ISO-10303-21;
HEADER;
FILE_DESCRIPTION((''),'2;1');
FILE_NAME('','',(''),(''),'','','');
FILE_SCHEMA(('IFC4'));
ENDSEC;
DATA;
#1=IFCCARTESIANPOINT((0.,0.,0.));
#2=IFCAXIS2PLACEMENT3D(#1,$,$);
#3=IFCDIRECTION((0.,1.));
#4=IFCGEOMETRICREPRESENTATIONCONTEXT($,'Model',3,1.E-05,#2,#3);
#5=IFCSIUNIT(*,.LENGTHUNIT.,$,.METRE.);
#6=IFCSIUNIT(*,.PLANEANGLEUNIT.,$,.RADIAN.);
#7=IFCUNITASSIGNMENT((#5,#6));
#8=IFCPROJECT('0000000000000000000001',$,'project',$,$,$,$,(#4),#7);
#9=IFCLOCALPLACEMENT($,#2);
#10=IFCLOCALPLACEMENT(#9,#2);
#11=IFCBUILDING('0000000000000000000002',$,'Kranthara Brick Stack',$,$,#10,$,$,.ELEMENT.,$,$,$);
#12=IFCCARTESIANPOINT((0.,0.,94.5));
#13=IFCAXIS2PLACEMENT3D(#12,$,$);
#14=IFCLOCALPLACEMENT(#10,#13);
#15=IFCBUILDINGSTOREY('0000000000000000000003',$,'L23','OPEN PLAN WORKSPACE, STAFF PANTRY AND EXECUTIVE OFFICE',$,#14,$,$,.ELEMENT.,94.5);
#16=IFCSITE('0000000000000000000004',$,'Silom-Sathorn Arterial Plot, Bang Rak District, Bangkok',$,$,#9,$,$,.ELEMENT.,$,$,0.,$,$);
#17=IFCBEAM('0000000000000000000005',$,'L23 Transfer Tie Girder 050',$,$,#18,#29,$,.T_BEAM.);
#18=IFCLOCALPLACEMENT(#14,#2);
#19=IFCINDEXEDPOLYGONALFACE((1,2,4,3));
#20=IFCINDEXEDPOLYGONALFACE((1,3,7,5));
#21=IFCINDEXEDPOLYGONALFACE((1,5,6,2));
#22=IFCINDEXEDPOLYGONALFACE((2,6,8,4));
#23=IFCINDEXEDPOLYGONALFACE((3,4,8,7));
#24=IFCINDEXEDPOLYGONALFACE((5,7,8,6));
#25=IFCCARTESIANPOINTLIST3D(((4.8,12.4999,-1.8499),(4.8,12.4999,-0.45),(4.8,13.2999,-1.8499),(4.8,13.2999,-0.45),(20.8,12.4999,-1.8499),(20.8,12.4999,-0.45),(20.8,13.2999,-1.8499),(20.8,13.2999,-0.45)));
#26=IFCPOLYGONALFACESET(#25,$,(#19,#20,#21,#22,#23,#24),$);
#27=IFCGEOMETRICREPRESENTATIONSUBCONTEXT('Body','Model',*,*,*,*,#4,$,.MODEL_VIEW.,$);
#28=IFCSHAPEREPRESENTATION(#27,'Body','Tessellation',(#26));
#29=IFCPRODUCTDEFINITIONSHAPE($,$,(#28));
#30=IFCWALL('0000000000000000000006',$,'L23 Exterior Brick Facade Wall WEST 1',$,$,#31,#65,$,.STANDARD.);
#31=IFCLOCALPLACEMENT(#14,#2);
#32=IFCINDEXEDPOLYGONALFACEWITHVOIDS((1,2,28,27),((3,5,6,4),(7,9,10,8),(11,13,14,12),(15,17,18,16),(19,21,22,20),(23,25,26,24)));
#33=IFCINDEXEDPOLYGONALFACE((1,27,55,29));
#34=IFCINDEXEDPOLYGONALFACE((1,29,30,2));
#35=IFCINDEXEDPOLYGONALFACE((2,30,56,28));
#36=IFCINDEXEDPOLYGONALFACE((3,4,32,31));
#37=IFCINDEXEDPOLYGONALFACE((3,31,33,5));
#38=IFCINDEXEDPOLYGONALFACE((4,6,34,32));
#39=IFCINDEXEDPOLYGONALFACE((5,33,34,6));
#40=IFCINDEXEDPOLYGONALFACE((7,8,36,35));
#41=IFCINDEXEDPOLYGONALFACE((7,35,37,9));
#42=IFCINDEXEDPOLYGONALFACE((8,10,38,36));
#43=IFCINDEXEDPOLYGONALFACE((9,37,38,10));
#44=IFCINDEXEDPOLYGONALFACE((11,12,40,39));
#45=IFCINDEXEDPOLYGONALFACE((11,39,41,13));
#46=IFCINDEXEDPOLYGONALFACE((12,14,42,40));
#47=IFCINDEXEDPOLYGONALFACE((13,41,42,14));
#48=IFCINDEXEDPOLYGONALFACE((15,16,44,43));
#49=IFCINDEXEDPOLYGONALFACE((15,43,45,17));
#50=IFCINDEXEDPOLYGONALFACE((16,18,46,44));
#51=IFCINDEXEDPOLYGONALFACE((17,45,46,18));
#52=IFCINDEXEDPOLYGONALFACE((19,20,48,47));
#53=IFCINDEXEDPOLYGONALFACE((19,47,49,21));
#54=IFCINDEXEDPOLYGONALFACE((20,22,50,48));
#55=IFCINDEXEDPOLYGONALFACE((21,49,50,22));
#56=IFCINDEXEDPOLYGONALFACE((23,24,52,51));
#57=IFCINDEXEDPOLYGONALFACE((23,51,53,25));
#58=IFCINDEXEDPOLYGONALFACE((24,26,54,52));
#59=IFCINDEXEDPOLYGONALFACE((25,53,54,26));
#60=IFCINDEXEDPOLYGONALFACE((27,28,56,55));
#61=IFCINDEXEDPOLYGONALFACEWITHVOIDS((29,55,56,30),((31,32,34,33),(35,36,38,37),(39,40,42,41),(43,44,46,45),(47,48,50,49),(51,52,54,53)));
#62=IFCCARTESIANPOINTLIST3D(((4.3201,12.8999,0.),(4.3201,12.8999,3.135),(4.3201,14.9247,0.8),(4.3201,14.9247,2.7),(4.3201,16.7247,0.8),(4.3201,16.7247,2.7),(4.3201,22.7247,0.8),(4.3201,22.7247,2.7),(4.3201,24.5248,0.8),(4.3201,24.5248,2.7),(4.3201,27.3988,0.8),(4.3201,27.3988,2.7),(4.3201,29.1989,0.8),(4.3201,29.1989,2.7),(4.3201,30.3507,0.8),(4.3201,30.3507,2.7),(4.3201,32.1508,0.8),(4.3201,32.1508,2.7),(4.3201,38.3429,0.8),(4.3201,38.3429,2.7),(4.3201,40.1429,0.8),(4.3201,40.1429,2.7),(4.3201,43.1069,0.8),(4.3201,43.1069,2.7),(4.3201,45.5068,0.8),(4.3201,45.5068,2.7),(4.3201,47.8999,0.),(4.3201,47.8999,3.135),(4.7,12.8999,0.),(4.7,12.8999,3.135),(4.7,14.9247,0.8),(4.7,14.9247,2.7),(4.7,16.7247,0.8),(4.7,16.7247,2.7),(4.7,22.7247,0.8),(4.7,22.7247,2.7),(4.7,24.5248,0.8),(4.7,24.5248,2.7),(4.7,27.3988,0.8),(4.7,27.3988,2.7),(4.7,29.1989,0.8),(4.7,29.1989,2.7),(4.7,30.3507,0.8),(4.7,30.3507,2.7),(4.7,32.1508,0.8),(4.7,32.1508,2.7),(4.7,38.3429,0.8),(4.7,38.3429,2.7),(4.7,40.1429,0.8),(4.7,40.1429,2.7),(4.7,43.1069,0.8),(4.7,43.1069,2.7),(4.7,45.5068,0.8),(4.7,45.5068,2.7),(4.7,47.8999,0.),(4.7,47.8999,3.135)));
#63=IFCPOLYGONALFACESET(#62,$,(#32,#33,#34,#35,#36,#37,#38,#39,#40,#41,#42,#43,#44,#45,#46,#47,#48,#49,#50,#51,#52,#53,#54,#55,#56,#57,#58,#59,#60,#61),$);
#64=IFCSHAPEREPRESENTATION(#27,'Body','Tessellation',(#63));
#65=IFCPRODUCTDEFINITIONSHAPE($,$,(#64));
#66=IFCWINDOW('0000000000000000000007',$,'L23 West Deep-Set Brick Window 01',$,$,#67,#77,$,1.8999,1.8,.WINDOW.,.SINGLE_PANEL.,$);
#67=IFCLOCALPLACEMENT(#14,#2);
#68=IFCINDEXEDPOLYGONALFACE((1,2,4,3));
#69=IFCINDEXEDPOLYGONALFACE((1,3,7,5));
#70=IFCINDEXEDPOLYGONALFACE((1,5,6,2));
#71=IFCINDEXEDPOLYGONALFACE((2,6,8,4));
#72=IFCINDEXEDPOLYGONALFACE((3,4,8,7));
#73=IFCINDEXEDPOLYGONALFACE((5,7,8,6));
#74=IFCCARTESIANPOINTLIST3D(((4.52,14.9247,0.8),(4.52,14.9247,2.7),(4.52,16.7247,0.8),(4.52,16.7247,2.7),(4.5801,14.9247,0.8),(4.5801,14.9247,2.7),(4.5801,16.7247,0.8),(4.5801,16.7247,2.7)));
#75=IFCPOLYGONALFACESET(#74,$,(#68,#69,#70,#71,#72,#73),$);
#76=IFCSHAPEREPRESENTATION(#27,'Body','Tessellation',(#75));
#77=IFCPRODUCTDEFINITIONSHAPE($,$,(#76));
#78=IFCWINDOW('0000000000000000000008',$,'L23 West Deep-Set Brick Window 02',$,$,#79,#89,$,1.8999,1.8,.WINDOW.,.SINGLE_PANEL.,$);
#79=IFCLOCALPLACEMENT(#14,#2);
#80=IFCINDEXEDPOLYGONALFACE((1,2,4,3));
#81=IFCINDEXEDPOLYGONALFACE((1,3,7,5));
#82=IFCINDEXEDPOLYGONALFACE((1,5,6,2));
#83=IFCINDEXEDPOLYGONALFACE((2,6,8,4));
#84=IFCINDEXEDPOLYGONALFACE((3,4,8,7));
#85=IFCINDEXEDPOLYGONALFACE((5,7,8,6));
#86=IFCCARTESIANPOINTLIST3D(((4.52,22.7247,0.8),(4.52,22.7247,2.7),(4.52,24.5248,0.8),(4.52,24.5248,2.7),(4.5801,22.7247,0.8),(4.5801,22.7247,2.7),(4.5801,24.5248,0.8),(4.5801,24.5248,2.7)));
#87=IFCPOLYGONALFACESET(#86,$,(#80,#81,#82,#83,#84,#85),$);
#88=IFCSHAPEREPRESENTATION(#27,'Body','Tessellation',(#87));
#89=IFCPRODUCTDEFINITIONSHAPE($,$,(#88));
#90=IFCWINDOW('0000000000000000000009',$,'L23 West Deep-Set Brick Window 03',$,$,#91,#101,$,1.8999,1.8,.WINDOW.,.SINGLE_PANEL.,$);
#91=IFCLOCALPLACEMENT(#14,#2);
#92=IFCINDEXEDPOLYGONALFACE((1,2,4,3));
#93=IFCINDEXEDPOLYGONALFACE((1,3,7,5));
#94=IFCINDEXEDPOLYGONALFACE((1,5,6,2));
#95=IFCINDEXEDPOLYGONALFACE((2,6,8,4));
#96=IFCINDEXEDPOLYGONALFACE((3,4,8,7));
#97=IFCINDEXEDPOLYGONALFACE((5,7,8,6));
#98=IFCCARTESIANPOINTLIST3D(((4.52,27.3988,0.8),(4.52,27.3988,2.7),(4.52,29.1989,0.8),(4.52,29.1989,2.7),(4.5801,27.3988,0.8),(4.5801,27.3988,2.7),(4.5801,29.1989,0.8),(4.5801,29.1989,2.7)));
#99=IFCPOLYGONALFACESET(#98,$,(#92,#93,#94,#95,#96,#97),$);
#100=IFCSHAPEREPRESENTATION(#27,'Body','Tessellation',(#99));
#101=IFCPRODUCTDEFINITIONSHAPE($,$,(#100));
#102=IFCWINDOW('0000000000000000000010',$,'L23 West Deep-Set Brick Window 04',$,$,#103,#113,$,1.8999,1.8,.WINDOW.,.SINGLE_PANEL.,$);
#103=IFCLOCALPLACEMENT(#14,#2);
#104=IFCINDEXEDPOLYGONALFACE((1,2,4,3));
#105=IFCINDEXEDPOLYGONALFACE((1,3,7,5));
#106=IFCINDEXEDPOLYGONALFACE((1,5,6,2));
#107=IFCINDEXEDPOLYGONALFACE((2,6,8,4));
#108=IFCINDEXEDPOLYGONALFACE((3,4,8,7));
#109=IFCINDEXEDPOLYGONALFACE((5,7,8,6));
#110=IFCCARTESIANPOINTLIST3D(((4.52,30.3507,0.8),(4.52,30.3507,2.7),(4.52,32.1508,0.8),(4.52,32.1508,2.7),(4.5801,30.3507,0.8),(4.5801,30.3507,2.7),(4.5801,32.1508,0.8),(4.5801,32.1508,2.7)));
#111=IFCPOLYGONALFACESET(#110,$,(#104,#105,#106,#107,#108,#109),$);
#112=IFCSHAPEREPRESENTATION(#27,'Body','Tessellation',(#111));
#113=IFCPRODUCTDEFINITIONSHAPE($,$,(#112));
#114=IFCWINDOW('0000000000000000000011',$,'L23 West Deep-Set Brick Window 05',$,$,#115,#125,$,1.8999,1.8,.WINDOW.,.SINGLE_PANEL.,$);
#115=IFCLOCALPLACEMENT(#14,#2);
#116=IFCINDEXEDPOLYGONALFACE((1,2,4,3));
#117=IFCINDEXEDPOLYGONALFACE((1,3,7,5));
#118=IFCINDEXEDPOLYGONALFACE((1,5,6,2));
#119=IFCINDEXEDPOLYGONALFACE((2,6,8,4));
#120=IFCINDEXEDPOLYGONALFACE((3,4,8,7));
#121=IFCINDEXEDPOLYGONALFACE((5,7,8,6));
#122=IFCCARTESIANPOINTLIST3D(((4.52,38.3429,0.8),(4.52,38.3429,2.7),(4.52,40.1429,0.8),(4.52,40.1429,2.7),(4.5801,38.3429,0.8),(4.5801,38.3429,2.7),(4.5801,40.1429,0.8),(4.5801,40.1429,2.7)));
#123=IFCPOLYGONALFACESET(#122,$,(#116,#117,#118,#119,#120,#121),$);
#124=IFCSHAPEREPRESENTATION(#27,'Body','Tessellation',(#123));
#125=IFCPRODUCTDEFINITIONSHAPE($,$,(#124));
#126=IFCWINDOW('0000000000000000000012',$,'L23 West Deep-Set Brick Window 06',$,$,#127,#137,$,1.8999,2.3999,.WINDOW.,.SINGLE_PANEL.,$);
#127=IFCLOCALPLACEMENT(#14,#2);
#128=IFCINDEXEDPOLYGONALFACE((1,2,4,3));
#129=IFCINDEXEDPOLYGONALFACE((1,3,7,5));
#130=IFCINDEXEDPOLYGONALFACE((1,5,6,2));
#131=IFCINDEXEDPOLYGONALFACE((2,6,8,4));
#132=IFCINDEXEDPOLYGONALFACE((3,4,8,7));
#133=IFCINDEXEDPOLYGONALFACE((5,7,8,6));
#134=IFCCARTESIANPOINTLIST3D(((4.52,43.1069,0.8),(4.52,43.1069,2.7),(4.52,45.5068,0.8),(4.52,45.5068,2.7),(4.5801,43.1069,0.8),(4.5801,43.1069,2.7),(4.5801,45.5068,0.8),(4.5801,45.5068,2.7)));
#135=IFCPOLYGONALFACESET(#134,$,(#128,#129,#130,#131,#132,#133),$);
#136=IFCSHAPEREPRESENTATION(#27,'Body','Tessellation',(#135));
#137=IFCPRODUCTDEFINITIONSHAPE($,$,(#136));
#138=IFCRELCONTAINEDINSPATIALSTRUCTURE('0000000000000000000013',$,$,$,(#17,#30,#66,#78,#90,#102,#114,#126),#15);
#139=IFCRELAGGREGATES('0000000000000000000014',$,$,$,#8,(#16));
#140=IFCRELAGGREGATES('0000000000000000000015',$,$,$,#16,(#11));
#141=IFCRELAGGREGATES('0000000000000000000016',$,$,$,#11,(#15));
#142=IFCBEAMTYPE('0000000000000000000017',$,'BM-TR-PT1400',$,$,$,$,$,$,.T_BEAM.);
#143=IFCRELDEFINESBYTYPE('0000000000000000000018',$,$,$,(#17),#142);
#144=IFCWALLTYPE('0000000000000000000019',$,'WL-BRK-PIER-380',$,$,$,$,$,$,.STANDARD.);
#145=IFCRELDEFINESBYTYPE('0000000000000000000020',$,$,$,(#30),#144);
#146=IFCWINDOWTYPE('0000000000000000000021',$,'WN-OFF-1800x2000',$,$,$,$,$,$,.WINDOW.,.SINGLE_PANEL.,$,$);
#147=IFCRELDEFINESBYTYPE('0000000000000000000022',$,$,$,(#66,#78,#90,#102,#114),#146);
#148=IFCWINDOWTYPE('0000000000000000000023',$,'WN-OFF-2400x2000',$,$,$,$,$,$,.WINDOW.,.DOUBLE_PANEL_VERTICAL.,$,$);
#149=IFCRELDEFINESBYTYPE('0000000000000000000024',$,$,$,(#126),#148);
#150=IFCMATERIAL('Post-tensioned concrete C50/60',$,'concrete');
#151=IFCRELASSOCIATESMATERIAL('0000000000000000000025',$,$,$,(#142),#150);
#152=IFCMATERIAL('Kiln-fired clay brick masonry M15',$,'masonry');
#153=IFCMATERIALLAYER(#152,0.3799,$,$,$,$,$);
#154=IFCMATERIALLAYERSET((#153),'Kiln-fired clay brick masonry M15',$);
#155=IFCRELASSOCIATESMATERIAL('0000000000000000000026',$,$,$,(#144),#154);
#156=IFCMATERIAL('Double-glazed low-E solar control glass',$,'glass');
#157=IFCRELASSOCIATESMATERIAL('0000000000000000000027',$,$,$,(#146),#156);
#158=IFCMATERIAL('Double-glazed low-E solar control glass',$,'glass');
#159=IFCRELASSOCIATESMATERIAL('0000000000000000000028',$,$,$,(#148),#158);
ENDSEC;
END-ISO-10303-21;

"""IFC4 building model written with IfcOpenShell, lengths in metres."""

from ifc_helpers import new_model, si_unit, direction, frame, frame_2d, origin, origin_2d, place, context, subcontext, project, spatial, rectangle, extrude, material, layer, layer_set, material_profile, profile_set, type_object, element, fill, save


model = new_model("IFC4")

# Units and contexts
model_context = context("Model", 3, precision=1e-05, world=origin(), true_north=direction((0.0, 1.0)))
body_context = subcontext(model_context, "Body", "Model", "MODEL_VIEW")
ifc_project = project(units=[si_unit("LENGTHUNIT", "METRE"), si_unit("PLANEANGLEUNIT", "RADIAN")], contexts=[model_context])

# Site, building, storey
site_placement = place(None, origin())
site = spatial("IfcSite", under=ifc_project, at=site_placement, Name="Silom-Sathorn Arterial Plot, Bang Rak District, Bangkok", CompositionType="ELEMENT", RefElevation=0.0)
building_placement = place(site_placement, origin())
building = spatial("IfcBuilding", under=site, at=building_placement, Name="Kranthara Brick Stack", CompositionType="ELEMENT")
storey_placement = place(building_placement, frame((0.0, 0.0, 94.5)))
storey = spatial("IfcBuildingStorey", under=building, at=storey_placement, Name="L23", Description="OPEN PLAN WORKSPACE, STAFF PANTRY AND EXECUTIVE OFFICE", CompositionType="ELEMENT", Elevation=94.5)

# Beam
ifc_material_1 = material(Name="Post-tensioned concrete C50/60", Category="concrete")
ifc_material_profile_1 = material_profile(ifc_material_1, rectangle(XDim=0.8, YDim=1.3999, at=origin_2d()), Name="PT 800x1400")
ifc_profile_set_1 = profile_set([ifc_material_profile_1], Name="Post-tensioned concrete C50/60")
beam_type_1 = type_object("IfcBeamType", Name="BM-TR-PT1400", PredefinedType="T_BEAM", material=ifc_profile_set_1)
beam_1_placement = place(storey_placement, frame((4.8, 12.8999, -1.1499), z_axis=(1.0, 0.0, 0.0), x_axis=(0.0, 1.0, 0.0)))
element("IfcBeam", 1, at=beam_1_placement, inside=storey, type_object=beam_type_1, Name="L23 Transfer Tie Girder 050", PredefinedType="T_BEAM", context=body_context, shape_type="SweptSolid", body=[
    extrude(rectangle(XDim=0.8, YDim=1.3999, at=origin_2d()), origin(), (0.0, 0.0, 1.0), 16.0),
])

# Wall, openings, windows
ifc_material_2 = material(Name="Kiln-fired clay brick masonry M15", Category="masonry")
ifc_layer_1 = layer(ifc_material_2, 0.3799)
ifc_layer_set_1 = layer_set([ifc_layer_1], Name="Kiln-fired clay brick masonry M15")
wall_type_1 = type_object("IfcWallType", Name="WL-BRK-PIER-380", PredefinedType="STANDARD", material=ifc_layer_set_1)
wall_1_placement = place(storey_placement, frame((4.51, 12.8999, 0.0), z_axis=(0.0, 0.0, 1.0), x_axis=(0.0, 1.0, 0.0)))
wall_1 = element("IfcWall", 2, at=wall_1_placement, inside=storey, type_object=wall_type_1, Name="L23 Exterior Brick Facade Wall WEST 1", PredefinedType="STANDARD", context=body_context, shape_type="SweptSolid", body=[
    extrude(rectangle(XDim=35.0, YDim=0.3799, at=frame_2d((17.5, 0.0))), origin(), (0.0, 0.0, 1.0), 3.135),
])
opening_1_placement = place(wall_1_placement, frame((2.0249, 0.0, 0.8)))
opening_1 = element("IfcOpeningElement", 3, at=opening_1_placement, cuts=wall_1, PredefinedType="OPENING", context=body_context, shape_type="SweptSolid", body=[
    extrude(rectangle(XDim=1.8, YDim=1.8999, at=frame_2d((0.8999, 0.95))), frame((0.0, 0.2, 0.0), z_axis=(0.0, -1.0, 0.0), x_axis=(1.0, 0.0, 0.0)), (0.0, 0.0, 1.0), 0.3999),
])
opening_2_placement = place(wall_1_placement, frame((9.825, 0.0, 0.8)))
opening_2 = element("IfcOpeningElement", 4, at=opening_2_placement, cuts=wall_1, PredefinedType="OPENING", context=body_context, shape_type="SweptSolid", body=[
    extrude(rectangle(XDim=1.8, YDim=1.8999, at=frame_2d((0.8999, 0.95))), frame((0.0, 0.2, 0.0), z_axis=(0.0, -1.0, 0.0), x_axis=(1.0, 0.0, 0.0)), (0.0, 0.0, 1.0), 0.3999),
])
opening_3_placement = place(wall_1_placement, frame((14.499, 0.0, 0.8)))
opening_3 = element("IfcOpeningElement", 5, at=opening_3_placement, cuts=wall_1, PredefinedType="OPENING", context=body_context, shape_type="SweptSolid", body=[
    extrude(rectangle(XDim=1.8, YDim=1.8999, at=frame_2d((0.8999, 0.95))), frame((0.0, 0.2, 0.0), z_axis=(0.0, -1.0, 0.0), x_axis=(1.0, 0.0, 0.0)), (0.0, 0.0, 1.0), 0.3999),
])
opening_4_placement = place(wall_1_placement, frame((17.4509, 0.0, 0.8)))
opening_4 = element("IfcOpeningElement", 6, at=opening_4_placement, cuts=wall_1, PredefinedType="OPENING", context=body_context, shape_type="SweptSolid", body=[
    extrude(rectangle(XDim=1.8, YDim=1.8999, at=frame_2d((0.8999, 0.95))), frame((0.0, 0.2, 0.0), z_axis=(0.0, -1.0, 0.0), x_axis=(1.0, 0.0, 0.0)), (0.0, 0.0, 1.0), 0.3999),
])
opening_5_placement = place(wall_1_placement, frame((25.4431, 0.0, 0.8)))
opening_5 = element("IfcOpeningElement", 7, at=opening_5_placement, cuts=wall_1, PredefinedType="OPENING", context=body_context, shape_type="SweptSolid", body=[
    extrude(rectangle(XDim=1.8, YDim=1.8999, at=frame_2d((0.8999, 0.95))), frame((0.0, 0.2, 0.0), z_axis=(0.0, -1.0, 0.0), x_axis=(1.0, 0.0, 0.0)), (0.0, 0.0, 1.0), 0.3999),
])
opening_6_placement = place(wall_1_placement, frame((30.207, 0.0, 0.8)))
opening_6 = element("IfcOpeningElement", 8, at=opening_6_placement, cuts=wall_1, PredefinedType="OPENING", context=body_context, shape_type="SweptSolid", body=[
    extrude(rectangle(XDim=2.3999, YDim=1.8999, at=frame_2d((1.2, 0.95))), frame((0.0, 0.2, 0.0), z_axis=(0.0, -1.0, 0.0), x_axis=(1.0, 0.0, 0.0)), (0.0, 0.0, 1.0), 0.3999),
])
ifc_material_3 = material(Name="Double-glazed low-E solar control glass", Category="glass")
window_type_1 = type_object("IfcWindowType", Name="WN-OFF-1800x2000", PartitioningType="SINGLE_PANEL", PredefinedType="WINDOW", material=ifc_material_3)
window_1_placement = place(opening_1_placement, origin())
window_1 = element("IfcWindow", 9, at=window_1_placement, inside=storey, type_object=window_type_1, Name="L23 West Deep-Set Brick Window 01", OverallHeight=1.8999, OverallWidth=1.8, PartitioningType="SINGLE_PANEL", PredefinedType="WINDOW", context=body_context, shape_type="SweptSolid", body=[
    extrude(rectangle(XDim=1.8, YDim=1.8999, at=frame_2d((0.8999, 0.95))), frame((0.0, -0.01, 0.0), z_axis=(0.0, -1.0, 0.0), x_axis=(1.0, 0.0, 0.0)), (0.0, 0.0, 1.0), 0.0601),
])
fill(opening_1, window_1)
window_2_placement = place(opening_2_placement, origin())
window_2 = element("IfcWindow", 10, at=window_2_placement, inside=storey, type_object=window_type_1, Name="L23 West Deep-Set Brick Window 02", OverallHeight=1.8999, OverallWidth=1.8, PartitioningType="SINGLE_PANEL", PredefinedType="WINDOW", context=body_context, shape_type="SweptSolid", body=[
    extrude(rectangle(XDim=1.8, YDim=1.8999, at=frame_2d((0.8999, 0.95))), frame((0.0, -0.01, 0.0), z_axis=(0.0, -1.0, 0.0), x_axis=(1.0, 0.0, 0.0)), (0.0, 0.0, 1.0), 0.0601),
])
fill(opening_2, window_2)
window_3_placement = place(opening_3_placement, origin())
window_3 = element("IfcWindow", 11, at=window_3_placement, inside=storey, type_object=window_type_1, Name="L23 West Deep-Set Brick Window 03", OverallHeight=1.8999, OverallWidth=1.8, PartitioningType="SINGLE_PANEL", PredefinedType="WINDOW", context=body_context, shape_type="SweptSolid", body=[
    extrude(rectangle(XDim=1.8, YDim=1.8999, at=frame_2d((0.8999, 0.95))), frame((0.0, -0.01, 0.0), z_axis=(0.0, -1.0, 0.0), x_axis=(1.0, 0.0, 0.0)), (0.0, 0.0, 1.0), 0.0601),
])
fill(opening_3, window_3)
window_4_placement = place(opening_4_placement, origin())
window_4 = element("IfcWindow", 12, at=window_4_placement, inside=storey, type_object=window_type_1, Name="L23 West Deep-Set Brick Window 04", OverallHeight=1.8999, OverallWidth=1.8, PartitioningType="SINGLE_PANEL", PredefinedType="WINDOW", context=body_context, shape_type="SweptSolid", body=[
    extrude(rectangle(XDim=1.8, YDim=1.8999, at=frame_2d((0.8999, 0.95))), frame((0.0, -0.01, 0.0), z_axis=(0.0, -1.0, 0.0), x_axis=(1.0, 0.0, 0.0)), (0.0, 0.0, 1.0), 0.0601),
])
fill(opening_4, window_4)
window_5_placement = place(opening_5_placement, origin())
window_5 = element("IfcWindow", 13, at=window_5_placement, inside=storey, type_object=window_type_1, Name="L23 West Deep-Set Brick Window 05", OverallHeight=1.8999, OverallWidth=1.8, PartitioningType="SINGLE_PANEL", PredefinedType="WINDOW", context=body_context, shape_type="SweptSolid", body=[
    extrude(rectangle(XDim=1.8, YDim=1.8999, at=frame_2d((0.8999, 0.95))), frame((0.0, -0.01, 0.0), z_axis=(0.0, -1.0, 0.0), x_axis=(1.0, 0.0, 0.0)), (0.0, 0.0, 1.0), 0.0601),
])
fill(opening_5, window_5)
ifc_material_4 = material(Name="Double-glazed low-E solar control glass", Category="glass")
window_type_2 = type_object("IfcWindowType", Name="WN-OFF-2400x2000", PartitioningType="DOUBLE_PANEL_VERTICAL", PredefinedType="WINDOW", material=ifc_material_4)
window_6_placement = place(opening_6_placement, origin())
window_6 = element("IfcWindow", 14, at=window_6_placement, inside=storey, type_object=window_type_2, Name="L23 West Deep-Set Brick Window 06", OverallHeight=1.8999, OverallWidth=2.3999, PartitioningType="SINGLE_PANEL", PredefinedType="WINDOW", context=body_context, shape_type="SweptSolid", body=[
    extrude(rectangle(XDim=2.3999, YDim=1.8999, at=frame_2d((1.2, 0.95))), frame((0.0, -0.01, 0.0), z_axis=(0.0, -1.0, 0.0), x_axis=(1.0, 0.0, 0.0)), (0.0, 0.0, 1.0), 0.0601),
])
fill(opening_6, window_6)

save(model, "model.ifc")
